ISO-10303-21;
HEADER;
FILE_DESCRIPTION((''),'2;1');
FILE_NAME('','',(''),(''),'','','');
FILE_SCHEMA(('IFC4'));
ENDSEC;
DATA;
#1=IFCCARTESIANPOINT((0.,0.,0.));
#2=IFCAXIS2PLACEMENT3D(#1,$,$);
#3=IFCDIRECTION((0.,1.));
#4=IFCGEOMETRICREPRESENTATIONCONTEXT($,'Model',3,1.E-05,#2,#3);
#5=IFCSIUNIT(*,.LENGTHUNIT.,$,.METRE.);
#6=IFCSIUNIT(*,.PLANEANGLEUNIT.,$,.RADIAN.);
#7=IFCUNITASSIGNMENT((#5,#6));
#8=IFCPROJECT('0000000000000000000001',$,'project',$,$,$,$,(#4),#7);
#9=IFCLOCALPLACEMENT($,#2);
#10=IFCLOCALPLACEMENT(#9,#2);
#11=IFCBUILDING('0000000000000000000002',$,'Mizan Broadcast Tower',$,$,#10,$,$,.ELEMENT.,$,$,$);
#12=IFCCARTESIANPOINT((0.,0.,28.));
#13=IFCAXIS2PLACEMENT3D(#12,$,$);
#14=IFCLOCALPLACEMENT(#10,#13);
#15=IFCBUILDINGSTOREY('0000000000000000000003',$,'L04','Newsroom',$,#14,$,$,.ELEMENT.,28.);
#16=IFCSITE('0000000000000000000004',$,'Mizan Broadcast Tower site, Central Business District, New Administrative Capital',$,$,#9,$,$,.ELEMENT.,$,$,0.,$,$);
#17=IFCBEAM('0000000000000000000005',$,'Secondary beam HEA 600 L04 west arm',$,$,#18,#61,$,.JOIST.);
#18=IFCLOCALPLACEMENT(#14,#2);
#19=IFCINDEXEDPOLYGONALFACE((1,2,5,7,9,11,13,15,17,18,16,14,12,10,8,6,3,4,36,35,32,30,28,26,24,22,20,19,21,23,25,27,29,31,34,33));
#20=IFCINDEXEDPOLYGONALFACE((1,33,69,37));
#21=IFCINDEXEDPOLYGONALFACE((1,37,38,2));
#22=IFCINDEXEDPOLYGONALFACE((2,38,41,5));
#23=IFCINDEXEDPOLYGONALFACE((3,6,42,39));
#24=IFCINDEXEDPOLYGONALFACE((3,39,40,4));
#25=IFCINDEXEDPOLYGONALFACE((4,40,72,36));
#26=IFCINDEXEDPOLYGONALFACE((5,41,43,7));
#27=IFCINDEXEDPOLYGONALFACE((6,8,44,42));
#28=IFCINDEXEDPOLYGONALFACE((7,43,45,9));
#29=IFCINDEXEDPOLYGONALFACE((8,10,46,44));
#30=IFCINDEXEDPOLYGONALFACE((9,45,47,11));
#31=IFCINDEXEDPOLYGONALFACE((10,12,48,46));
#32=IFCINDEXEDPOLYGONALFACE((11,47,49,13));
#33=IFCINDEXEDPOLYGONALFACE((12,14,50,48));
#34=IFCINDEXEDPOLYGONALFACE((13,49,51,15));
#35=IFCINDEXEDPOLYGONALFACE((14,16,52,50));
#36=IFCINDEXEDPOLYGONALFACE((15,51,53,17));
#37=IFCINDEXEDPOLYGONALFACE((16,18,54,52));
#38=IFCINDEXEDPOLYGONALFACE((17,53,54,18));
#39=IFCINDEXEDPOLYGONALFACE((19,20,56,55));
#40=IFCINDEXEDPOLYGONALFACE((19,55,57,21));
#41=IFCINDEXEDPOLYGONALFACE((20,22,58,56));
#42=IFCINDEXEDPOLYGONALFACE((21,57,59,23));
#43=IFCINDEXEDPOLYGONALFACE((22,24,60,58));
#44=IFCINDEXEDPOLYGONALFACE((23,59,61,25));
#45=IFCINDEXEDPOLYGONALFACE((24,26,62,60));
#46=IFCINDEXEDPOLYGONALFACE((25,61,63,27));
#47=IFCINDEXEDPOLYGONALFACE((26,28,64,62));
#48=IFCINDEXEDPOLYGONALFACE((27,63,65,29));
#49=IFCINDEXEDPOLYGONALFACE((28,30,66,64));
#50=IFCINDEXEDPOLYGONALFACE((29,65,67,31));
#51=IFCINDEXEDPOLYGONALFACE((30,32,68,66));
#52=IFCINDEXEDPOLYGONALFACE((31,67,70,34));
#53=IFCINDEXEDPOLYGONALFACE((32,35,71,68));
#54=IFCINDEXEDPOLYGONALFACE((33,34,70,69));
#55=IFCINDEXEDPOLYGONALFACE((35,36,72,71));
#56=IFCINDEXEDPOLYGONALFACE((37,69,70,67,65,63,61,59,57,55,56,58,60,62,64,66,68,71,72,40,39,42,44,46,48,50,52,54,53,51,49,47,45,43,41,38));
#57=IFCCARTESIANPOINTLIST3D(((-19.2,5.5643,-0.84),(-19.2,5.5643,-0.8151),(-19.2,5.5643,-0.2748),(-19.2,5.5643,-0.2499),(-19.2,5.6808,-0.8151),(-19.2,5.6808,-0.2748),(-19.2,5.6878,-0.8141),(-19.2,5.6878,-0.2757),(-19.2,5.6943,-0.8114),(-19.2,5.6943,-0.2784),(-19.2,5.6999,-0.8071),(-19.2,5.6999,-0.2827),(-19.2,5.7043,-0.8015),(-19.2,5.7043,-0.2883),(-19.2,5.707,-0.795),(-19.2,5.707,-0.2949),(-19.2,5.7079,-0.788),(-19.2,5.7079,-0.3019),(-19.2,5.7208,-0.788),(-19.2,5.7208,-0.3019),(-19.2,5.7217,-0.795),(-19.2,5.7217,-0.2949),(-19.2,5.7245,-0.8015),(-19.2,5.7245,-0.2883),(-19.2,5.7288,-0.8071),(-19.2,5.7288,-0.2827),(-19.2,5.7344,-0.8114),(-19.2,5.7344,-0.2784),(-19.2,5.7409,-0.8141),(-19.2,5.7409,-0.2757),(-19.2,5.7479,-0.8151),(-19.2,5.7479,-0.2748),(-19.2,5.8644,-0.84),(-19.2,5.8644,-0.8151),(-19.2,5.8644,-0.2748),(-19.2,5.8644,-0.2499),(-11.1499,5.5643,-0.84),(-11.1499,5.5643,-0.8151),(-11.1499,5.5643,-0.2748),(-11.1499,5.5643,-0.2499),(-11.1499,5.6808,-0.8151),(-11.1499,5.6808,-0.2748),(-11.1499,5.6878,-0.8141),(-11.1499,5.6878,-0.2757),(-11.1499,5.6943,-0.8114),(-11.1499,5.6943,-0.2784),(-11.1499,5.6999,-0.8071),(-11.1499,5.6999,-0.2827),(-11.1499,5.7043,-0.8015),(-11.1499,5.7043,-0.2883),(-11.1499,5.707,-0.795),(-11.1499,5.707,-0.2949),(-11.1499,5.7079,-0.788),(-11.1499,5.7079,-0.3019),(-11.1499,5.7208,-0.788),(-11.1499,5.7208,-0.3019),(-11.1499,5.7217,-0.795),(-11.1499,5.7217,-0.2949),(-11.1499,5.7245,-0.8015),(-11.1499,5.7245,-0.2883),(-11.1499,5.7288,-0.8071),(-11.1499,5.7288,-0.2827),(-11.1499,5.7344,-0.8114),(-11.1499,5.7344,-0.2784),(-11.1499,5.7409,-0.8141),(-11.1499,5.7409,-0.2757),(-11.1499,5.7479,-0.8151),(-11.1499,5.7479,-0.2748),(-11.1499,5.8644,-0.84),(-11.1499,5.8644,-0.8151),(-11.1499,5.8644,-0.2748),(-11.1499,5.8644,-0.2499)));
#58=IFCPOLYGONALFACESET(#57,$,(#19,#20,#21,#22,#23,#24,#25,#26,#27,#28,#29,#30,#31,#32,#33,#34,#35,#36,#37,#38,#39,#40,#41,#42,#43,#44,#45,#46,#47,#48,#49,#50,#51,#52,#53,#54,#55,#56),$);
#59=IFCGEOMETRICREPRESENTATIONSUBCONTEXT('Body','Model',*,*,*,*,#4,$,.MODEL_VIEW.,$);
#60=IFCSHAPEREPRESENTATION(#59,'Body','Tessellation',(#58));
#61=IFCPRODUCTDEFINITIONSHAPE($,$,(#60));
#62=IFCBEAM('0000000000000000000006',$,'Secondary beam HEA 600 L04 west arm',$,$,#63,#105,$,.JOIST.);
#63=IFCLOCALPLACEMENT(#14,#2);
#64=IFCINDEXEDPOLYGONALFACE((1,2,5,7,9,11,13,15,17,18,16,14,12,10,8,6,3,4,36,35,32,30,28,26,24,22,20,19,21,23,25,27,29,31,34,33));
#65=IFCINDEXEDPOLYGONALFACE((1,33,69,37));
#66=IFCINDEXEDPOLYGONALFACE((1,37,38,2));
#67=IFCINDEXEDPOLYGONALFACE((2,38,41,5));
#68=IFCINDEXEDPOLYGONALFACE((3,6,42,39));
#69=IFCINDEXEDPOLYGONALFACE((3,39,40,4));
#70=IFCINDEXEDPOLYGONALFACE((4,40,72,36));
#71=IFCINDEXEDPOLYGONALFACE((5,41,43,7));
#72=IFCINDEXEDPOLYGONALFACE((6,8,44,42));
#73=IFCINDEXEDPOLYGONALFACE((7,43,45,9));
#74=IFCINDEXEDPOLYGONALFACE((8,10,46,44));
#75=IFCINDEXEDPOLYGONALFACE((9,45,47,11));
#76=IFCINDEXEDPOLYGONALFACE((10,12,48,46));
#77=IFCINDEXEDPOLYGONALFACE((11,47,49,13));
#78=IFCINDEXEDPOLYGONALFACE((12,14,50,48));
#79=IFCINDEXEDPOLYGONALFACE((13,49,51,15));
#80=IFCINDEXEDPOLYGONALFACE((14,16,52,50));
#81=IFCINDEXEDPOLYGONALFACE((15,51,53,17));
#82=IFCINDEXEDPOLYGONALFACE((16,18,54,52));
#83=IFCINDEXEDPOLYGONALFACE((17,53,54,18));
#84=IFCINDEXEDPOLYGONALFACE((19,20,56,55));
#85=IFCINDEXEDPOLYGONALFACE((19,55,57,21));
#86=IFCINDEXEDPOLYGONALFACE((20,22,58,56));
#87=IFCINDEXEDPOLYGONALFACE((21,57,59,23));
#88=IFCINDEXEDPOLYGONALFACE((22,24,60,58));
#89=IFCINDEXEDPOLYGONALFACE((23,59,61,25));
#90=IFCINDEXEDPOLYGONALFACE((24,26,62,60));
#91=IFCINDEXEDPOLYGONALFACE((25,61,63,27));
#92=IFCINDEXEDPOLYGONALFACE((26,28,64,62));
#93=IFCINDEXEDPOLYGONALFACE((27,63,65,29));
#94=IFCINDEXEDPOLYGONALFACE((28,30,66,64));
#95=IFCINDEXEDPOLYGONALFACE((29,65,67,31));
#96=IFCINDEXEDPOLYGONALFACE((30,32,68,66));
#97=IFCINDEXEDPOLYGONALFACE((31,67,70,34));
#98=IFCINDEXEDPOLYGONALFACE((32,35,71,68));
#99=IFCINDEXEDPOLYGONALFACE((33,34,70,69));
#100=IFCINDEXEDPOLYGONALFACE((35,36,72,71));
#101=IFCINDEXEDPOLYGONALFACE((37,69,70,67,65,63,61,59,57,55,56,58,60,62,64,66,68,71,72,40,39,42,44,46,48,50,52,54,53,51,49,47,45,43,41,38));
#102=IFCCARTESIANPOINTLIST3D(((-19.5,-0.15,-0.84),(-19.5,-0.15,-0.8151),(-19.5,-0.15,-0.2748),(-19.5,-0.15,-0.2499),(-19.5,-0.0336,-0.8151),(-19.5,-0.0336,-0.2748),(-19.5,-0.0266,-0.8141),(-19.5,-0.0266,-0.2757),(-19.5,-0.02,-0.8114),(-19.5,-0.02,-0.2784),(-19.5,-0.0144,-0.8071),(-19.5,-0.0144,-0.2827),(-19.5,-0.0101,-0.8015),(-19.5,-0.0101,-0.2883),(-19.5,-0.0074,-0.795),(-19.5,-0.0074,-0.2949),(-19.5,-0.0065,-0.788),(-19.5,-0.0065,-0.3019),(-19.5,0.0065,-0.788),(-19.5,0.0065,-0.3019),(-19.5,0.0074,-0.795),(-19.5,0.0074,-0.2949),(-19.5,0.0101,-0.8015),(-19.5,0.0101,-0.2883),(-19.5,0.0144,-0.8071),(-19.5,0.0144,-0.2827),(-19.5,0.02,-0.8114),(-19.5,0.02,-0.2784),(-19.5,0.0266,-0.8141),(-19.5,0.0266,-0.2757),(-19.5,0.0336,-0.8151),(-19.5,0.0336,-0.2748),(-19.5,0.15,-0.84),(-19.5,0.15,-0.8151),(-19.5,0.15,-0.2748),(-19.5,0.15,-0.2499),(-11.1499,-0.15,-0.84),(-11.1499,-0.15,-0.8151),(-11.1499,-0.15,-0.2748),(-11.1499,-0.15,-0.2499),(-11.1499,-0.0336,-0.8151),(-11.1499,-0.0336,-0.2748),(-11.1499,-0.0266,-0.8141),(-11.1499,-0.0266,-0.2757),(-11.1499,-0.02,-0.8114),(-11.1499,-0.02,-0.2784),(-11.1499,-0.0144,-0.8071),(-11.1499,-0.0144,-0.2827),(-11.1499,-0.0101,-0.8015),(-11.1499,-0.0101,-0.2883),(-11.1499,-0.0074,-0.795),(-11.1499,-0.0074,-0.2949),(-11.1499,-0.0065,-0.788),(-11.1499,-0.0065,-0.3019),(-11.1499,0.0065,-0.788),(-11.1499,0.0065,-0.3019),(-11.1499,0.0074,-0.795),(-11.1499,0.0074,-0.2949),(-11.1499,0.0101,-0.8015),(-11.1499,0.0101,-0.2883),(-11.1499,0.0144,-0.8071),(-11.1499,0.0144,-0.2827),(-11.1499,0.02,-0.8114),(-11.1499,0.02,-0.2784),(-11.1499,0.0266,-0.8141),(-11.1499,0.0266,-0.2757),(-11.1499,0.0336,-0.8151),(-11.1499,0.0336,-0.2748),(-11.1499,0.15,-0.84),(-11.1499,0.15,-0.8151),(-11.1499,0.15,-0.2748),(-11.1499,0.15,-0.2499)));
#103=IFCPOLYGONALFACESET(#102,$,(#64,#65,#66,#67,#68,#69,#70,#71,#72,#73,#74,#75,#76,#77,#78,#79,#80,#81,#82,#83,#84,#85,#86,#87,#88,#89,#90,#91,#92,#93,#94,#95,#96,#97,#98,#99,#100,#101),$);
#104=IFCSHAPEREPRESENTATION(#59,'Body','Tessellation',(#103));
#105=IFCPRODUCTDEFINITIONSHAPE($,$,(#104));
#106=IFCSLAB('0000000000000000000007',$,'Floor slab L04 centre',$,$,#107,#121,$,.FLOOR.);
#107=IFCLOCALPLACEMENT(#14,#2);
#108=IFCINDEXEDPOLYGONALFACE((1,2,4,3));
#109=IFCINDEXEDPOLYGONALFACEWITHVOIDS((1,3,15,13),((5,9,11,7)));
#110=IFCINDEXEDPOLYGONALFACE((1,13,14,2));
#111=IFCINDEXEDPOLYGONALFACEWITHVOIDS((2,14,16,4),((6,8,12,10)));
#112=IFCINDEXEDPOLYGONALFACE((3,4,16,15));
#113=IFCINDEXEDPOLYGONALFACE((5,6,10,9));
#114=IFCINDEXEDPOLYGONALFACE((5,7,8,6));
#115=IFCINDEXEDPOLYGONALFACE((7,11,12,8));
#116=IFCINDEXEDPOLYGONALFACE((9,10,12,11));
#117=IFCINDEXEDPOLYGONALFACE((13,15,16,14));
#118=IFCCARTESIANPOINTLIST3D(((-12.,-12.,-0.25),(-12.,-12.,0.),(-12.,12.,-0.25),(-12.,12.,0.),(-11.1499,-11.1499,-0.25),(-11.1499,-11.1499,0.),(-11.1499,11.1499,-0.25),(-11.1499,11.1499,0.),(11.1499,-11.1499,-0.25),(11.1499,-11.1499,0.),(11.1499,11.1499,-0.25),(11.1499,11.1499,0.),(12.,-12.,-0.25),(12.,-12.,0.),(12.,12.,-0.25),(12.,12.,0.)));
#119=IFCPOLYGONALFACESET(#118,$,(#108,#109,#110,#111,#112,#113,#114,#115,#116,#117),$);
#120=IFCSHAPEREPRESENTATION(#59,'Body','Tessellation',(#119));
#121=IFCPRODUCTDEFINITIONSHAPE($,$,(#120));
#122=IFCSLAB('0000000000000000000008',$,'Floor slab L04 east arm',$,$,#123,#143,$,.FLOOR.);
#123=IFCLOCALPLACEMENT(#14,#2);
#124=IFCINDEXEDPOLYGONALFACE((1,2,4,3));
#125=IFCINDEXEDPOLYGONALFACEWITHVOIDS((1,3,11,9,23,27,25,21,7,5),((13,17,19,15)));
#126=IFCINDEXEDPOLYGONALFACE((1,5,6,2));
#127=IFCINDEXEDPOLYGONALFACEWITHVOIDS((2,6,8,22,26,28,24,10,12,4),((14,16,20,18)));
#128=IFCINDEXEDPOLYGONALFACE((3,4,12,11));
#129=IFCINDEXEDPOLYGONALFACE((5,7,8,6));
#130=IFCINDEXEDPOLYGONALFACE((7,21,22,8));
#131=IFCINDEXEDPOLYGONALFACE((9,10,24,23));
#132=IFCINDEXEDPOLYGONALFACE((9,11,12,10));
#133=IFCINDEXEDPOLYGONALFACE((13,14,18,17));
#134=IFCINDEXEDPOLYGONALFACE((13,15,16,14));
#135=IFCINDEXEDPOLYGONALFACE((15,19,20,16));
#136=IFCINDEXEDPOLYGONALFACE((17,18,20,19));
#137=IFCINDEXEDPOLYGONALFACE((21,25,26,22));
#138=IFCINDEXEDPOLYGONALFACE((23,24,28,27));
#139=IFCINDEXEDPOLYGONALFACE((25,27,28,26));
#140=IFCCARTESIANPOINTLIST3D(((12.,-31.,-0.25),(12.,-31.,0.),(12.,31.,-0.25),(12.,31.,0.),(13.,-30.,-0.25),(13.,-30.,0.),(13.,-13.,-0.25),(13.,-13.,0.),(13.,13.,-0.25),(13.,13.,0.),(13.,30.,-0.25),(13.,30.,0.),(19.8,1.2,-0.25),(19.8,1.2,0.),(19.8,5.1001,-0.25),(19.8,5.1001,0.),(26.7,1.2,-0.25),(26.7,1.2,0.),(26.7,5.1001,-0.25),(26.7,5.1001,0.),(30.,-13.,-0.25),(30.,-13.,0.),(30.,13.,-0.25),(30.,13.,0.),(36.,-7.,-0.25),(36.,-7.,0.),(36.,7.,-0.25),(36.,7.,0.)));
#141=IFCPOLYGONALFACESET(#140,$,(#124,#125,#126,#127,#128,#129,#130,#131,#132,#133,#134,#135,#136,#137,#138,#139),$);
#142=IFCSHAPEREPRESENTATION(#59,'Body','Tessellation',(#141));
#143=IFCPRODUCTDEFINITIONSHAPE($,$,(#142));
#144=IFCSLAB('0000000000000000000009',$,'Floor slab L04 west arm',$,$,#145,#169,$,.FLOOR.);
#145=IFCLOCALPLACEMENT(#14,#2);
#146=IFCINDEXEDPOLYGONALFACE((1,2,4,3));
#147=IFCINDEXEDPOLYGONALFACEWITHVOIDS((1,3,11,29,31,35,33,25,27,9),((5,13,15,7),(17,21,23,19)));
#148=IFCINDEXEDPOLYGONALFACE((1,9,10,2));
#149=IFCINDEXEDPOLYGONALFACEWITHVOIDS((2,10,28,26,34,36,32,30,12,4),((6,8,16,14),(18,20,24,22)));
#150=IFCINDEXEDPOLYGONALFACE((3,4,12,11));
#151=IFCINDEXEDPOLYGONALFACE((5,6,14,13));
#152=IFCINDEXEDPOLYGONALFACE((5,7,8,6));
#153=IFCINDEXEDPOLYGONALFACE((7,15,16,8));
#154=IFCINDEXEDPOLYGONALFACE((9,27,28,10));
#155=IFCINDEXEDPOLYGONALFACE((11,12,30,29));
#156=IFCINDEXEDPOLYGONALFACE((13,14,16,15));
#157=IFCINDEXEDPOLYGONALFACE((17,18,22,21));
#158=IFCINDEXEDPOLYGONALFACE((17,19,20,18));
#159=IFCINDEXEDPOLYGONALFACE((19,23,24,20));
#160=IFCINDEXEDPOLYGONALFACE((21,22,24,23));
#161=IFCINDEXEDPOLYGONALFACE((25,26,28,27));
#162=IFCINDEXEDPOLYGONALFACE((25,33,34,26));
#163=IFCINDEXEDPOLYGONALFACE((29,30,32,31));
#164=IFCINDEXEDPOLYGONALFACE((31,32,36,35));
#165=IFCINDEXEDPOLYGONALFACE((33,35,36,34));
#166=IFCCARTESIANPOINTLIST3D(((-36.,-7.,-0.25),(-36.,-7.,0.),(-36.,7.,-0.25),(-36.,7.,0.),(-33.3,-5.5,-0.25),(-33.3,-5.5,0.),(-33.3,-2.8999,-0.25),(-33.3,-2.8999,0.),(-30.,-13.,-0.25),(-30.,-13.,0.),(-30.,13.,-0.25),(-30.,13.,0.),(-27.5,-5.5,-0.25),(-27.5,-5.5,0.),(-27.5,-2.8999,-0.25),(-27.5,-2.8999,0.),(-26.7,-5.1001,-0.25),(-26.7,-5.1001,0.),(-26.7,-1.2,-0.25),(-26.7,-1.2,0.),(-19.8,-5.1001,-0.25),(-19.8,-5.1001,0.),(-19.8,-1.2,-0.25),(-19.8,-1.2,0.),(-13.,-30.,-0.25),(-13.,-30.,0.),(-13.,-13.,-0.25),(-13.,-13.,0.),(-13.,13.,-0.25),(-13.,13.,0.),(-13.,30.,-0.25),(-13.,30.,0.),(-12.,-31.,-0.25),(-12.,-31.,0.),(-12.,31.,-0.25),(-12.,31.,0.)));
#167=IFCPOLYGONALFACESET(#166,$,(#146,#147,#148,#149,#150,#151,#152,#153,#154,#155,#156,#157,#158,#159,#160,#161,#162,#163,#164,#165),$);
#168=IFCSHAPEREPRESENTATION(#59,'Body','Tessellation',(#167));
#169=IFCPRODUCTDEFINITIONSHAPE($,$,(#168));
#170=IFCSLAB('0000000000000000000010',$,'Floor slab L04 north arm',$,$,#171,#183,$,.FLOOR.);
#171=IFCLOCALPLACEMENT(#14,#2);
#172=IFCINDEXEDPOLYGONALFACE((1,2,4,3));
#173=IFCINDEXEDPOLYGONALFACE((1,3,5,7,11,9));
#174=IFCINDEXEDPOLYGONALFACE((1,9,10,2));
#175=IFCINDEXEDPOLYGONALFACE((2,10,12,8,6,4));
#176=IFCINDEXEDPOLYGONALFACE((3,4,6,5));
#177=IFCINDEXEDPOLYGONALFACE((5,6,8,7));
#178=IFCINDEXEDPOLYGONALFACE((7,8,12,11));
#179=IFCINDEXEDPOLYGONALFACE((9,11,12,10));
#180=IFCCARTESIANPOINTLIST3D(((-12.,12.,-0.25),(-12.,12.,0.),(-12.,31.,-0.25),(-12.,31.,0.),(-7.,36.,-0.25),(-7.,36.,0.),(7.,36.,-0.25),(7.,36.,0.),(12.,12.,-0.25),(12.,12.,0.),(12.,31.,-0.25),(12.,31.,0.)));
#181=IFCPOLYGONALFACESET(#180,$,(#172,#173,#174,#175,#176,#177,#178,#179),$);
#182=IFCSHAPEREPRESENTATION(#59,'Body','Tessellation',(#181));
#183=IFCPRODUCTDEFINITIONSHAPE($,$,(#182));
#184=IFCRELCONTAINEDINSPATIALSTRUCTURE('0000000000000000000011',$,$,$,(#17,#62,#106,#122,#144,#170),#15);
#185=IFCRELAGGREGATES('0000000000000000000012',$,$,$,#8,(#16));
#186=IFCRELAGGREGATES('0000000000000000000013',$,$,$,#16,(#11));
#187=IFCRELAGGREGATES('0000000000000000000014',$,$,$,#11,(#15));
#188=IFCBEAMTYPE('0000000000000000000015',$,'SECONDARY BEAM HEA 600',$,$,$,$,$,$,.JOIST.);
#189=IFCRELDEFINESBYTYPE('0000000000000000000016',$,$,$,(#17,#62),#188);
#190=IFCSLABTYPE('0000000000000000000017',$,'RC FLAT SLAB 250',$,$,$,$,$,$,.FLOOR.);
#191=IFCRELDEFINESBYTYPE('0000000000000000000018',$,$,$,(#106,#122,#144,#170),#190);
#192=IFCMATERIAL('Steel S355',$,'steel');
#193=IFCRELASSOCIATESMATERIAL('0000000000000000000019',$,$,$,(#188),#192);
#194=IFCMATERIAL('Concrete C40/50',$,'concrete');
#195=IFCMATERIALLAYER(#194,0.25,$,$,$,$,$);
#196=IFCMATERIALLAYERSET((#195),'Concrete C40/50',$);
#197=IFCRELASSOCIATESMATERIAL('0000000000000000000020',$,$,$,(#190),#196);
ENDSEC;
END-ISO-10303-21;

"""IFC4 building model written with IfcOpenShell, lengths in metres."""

from ifc_helpers import new_model, si_unit, direction, frame, origin, origin_2d, place, context, subcontext, project, spatial, polyline, i_section, outline, extrude, material, layer, layer_set, material_profile, profile_set, type_object, element, save


model = new_model("IFC4")

# Units and contexts
model_context = context("Model", 3, precision=1e-05, world=origin(), true_north=direction((0.0, 1.0)))
body_context = subcontext(model_context, "Body", "Model", "MODEL_VIEW")
ifc_project = project(units=[si_unit("LENGTHUNIT", "METRE"), si_unit("PLANEANGLEUNIT", "RADIAN")], contexts=[model_context])

# Site, building, storey
site_placement = place(None, origin())
site = spatial("IfcSite", under=ifc_project, at=site_placement, Name="Mizan Broadcast Tower site, Central Business District, New Administrative Capital", CompositionType="ELEMENT", RefElevation=0.0)
building_placement = place(site_placement, origin())
building = spatial("IfcBuilding", under=site, at=building_placement, Name="Mizan Broadcast Tower", CompositionType="ELEMENT")
storey_placement = place(building_placement, frame((0.0, 0.0, 28.0)))
storey = spatial("IfcBuildingStorey", under=building, at=storey_placement, Name="L04", Description="Newsroom", CompositionType="ELEMENT", Elevation=28.0)

# Beams
ifc_material_1 = material(Name="Steel S355", Category="steel")
ifc_material_profile_1 = material_profile(ifc_material_1, i_section(OverallWidth=0.3, OverallDepth=0.5901, WebThickness=0.0129, FlangeThickness=0.0249, FilletRadius=0.0271, at=origin_2d()), Name="HEA 600")
ifc_profile_set_1 = profile_set([ifc_material_profile_1], Name="Steel S355")
beam_type_1 = type_object("IfcBeamType", Name="SECONDARY BEAM HEA 600", PredefinedType="JOIST", material=ifc_profile_set_1)
for number, where, z_axis, x_axis, name in (
    (1, (-11.1499, 5.7144, -0.5449), (-1.0, 0.0, 0.0), (0.0, -1.0, 0.0), "Secondary beam HEA 600 L04 west arm"),
):
    element("IfcBeam", number, at=place(storey_placement, frame(where, z_axis=z_axis, x_axis=x_axis)), inside=storey, type_object=beam_type_1, Name=name, PredefinedType="JOIST", context=body_context, shape_type="SweptSolid", body=[
        extrude(i_section(OverallWidth=0.3, OverallDepth=0.5901, WebThickness=0.0129, FlangeThickness=0.0249, FilletRadius=0.0271, at=origin_2d()), origin(), (0.0, 0.0, 1.0), 8.05),
    ])
beam_1_placement = place(storey_placement, frame((-11.1499, 0.0, -0.5449), z_axis=(-1.0, 0.0, 0.0), x_axis=(0.0, -1.0, 0.0)))
element("IfcBeam", 2, at=beam_1_placement, inside=storey, type_object=beam_type_1, Name="Secondary beam HEA 600 L04 west arm", PredefinedType="JOIST", context=body_context, shape_type="SweptSolid", body=[
    extrude(i_section(OverallWidth=0.3, OverallDepth=0.5901, WebThickness=0.0129, FlangeThickness=0.0249, FilletRadius=0.0271, at=origin_2d()), origin(), (0.0, 0.0, 1.0), 8.3501),
])

# Slabs
ifc_material_2 = material(Name="Concrete C40/50", Category="concrete")
ifc_layer_1 = layer(ifc_material_2, 0.25)
ifc_layer_set_1 = layer_set([ifc_layer_1], Name="Concrete C40/50")
slab_type = type_object("IfcSlabType", Name="RC FLAT SLAB 250", PredefinedType="FLOOR", material=ifc_layer_set_1)
slab_1_placement = place(storey_placement, frame((0.0, 0.0, -0.25)))
element("IfcSlab", 3, at=slab_1_placement, inside=storey, type_object=slab_type, Name="Floor slab L04 centre", PredefinedType="FLOOR", context=body_context, shape_type="SweptSolid", body=[
    extrude(outline(polyline([(-12.0, -12.0), (12.0, -12.0), (12.0, 12.0), (-12.0, 12.0), (-12.0, -12.0)]), holes=[polyline([(11.1499, 11.1499), (11.1499, -11.1499), (-11.1499, -11.1499), (-11.1499, 11.1499), (11.1499, 11.1499)])]), origin(), (0.0, 0.0, 1.0), 0.25),
])
slab_2_placement = place(storey_placement, frame((0.0, 0.0, -0.25)))
element("IfcSlab", 4, at=slab_2_placement, inside=storey, type_object=slab_type, Name="Floor slab L04 east arm", PredefinedType="FLOOR", context=body_context, shape_type="SweptSolid", body=[
    extrude(outline(polyline([(13.0, 30.0), (12.0, 31.0), (12.0, -31.0), (13.0, -30.0), (13.0, -13.0), (30.0, -13.0), (36.0, -7.0), (36.0, 7.0), (30.0, 13.0), (13.0, 13.0), (13.0, 30.0)]), holes=[polyline([(19.8, 1.2), (19.8, 5.1001), (26.7, 5.1001), (26.7, 1.2), (19.8, 1.2)])]), origin(), (0.0, 0.0, 1.0), 0.25),
])
slab_3_placement = place(storey_placement, frame((0.0, 0.0, -0.25)))
element("IfcSlab", 5, at=slab_3_placement, inside=storey, type_object=slab_type, Name="Floor slab L04 west arm", PredefinedType="FLOOR", context=body_context, shape_type="SweptSolid", body=[
    extrude(outline(polyline([(-13.0, -13.0), (-13.0, -30.0), (-12.0, -31.0), (-12.0, 31.0), (-13.0, 30.0), (-13.0, 13.0), (-30.0, 13.0), (-36.0, 7.0), (-36.0, -7.0), (-30.0, -13.0), (-13.0, -13.0)]), holes=[polyline([(-19.8, -5.1001), (-26.7, -5.1001), (-26.7, -1.2), (-19.8, -1.2), (-19.8, -5.1001)]), polyline([(-33.3, -5.5), (-33.3, -2.8999), (-27.5, -2.8999), (-27.5, -5.5), (-33.3, -5.5)])]), origin(), (0.0, 0.0, 1.0), 0.25),
])
slab_4_placement = place(storey_placement, frame((0.0, 0.0, -0.25)))
element("IfcSlab", 6, at=slab_4_placement, inside=storey, type_object=slab_type, Name="Floor slab L04 north arm", PredefinedType="FLOOR", context=body_context, shape_type="SweptSolid", body=[
    extrude(outline(polyline([(-7.0, 36.0), (-12.0, 31.0), (-12.0, 12.0), (12.0, 12.0), (12.0, 31.0), (7.0, 36.0), (-7.0, 36.0)])), origin(), (0.0, 0.0, 1.0), 0.25),
])

save(model, "model.ifc")
